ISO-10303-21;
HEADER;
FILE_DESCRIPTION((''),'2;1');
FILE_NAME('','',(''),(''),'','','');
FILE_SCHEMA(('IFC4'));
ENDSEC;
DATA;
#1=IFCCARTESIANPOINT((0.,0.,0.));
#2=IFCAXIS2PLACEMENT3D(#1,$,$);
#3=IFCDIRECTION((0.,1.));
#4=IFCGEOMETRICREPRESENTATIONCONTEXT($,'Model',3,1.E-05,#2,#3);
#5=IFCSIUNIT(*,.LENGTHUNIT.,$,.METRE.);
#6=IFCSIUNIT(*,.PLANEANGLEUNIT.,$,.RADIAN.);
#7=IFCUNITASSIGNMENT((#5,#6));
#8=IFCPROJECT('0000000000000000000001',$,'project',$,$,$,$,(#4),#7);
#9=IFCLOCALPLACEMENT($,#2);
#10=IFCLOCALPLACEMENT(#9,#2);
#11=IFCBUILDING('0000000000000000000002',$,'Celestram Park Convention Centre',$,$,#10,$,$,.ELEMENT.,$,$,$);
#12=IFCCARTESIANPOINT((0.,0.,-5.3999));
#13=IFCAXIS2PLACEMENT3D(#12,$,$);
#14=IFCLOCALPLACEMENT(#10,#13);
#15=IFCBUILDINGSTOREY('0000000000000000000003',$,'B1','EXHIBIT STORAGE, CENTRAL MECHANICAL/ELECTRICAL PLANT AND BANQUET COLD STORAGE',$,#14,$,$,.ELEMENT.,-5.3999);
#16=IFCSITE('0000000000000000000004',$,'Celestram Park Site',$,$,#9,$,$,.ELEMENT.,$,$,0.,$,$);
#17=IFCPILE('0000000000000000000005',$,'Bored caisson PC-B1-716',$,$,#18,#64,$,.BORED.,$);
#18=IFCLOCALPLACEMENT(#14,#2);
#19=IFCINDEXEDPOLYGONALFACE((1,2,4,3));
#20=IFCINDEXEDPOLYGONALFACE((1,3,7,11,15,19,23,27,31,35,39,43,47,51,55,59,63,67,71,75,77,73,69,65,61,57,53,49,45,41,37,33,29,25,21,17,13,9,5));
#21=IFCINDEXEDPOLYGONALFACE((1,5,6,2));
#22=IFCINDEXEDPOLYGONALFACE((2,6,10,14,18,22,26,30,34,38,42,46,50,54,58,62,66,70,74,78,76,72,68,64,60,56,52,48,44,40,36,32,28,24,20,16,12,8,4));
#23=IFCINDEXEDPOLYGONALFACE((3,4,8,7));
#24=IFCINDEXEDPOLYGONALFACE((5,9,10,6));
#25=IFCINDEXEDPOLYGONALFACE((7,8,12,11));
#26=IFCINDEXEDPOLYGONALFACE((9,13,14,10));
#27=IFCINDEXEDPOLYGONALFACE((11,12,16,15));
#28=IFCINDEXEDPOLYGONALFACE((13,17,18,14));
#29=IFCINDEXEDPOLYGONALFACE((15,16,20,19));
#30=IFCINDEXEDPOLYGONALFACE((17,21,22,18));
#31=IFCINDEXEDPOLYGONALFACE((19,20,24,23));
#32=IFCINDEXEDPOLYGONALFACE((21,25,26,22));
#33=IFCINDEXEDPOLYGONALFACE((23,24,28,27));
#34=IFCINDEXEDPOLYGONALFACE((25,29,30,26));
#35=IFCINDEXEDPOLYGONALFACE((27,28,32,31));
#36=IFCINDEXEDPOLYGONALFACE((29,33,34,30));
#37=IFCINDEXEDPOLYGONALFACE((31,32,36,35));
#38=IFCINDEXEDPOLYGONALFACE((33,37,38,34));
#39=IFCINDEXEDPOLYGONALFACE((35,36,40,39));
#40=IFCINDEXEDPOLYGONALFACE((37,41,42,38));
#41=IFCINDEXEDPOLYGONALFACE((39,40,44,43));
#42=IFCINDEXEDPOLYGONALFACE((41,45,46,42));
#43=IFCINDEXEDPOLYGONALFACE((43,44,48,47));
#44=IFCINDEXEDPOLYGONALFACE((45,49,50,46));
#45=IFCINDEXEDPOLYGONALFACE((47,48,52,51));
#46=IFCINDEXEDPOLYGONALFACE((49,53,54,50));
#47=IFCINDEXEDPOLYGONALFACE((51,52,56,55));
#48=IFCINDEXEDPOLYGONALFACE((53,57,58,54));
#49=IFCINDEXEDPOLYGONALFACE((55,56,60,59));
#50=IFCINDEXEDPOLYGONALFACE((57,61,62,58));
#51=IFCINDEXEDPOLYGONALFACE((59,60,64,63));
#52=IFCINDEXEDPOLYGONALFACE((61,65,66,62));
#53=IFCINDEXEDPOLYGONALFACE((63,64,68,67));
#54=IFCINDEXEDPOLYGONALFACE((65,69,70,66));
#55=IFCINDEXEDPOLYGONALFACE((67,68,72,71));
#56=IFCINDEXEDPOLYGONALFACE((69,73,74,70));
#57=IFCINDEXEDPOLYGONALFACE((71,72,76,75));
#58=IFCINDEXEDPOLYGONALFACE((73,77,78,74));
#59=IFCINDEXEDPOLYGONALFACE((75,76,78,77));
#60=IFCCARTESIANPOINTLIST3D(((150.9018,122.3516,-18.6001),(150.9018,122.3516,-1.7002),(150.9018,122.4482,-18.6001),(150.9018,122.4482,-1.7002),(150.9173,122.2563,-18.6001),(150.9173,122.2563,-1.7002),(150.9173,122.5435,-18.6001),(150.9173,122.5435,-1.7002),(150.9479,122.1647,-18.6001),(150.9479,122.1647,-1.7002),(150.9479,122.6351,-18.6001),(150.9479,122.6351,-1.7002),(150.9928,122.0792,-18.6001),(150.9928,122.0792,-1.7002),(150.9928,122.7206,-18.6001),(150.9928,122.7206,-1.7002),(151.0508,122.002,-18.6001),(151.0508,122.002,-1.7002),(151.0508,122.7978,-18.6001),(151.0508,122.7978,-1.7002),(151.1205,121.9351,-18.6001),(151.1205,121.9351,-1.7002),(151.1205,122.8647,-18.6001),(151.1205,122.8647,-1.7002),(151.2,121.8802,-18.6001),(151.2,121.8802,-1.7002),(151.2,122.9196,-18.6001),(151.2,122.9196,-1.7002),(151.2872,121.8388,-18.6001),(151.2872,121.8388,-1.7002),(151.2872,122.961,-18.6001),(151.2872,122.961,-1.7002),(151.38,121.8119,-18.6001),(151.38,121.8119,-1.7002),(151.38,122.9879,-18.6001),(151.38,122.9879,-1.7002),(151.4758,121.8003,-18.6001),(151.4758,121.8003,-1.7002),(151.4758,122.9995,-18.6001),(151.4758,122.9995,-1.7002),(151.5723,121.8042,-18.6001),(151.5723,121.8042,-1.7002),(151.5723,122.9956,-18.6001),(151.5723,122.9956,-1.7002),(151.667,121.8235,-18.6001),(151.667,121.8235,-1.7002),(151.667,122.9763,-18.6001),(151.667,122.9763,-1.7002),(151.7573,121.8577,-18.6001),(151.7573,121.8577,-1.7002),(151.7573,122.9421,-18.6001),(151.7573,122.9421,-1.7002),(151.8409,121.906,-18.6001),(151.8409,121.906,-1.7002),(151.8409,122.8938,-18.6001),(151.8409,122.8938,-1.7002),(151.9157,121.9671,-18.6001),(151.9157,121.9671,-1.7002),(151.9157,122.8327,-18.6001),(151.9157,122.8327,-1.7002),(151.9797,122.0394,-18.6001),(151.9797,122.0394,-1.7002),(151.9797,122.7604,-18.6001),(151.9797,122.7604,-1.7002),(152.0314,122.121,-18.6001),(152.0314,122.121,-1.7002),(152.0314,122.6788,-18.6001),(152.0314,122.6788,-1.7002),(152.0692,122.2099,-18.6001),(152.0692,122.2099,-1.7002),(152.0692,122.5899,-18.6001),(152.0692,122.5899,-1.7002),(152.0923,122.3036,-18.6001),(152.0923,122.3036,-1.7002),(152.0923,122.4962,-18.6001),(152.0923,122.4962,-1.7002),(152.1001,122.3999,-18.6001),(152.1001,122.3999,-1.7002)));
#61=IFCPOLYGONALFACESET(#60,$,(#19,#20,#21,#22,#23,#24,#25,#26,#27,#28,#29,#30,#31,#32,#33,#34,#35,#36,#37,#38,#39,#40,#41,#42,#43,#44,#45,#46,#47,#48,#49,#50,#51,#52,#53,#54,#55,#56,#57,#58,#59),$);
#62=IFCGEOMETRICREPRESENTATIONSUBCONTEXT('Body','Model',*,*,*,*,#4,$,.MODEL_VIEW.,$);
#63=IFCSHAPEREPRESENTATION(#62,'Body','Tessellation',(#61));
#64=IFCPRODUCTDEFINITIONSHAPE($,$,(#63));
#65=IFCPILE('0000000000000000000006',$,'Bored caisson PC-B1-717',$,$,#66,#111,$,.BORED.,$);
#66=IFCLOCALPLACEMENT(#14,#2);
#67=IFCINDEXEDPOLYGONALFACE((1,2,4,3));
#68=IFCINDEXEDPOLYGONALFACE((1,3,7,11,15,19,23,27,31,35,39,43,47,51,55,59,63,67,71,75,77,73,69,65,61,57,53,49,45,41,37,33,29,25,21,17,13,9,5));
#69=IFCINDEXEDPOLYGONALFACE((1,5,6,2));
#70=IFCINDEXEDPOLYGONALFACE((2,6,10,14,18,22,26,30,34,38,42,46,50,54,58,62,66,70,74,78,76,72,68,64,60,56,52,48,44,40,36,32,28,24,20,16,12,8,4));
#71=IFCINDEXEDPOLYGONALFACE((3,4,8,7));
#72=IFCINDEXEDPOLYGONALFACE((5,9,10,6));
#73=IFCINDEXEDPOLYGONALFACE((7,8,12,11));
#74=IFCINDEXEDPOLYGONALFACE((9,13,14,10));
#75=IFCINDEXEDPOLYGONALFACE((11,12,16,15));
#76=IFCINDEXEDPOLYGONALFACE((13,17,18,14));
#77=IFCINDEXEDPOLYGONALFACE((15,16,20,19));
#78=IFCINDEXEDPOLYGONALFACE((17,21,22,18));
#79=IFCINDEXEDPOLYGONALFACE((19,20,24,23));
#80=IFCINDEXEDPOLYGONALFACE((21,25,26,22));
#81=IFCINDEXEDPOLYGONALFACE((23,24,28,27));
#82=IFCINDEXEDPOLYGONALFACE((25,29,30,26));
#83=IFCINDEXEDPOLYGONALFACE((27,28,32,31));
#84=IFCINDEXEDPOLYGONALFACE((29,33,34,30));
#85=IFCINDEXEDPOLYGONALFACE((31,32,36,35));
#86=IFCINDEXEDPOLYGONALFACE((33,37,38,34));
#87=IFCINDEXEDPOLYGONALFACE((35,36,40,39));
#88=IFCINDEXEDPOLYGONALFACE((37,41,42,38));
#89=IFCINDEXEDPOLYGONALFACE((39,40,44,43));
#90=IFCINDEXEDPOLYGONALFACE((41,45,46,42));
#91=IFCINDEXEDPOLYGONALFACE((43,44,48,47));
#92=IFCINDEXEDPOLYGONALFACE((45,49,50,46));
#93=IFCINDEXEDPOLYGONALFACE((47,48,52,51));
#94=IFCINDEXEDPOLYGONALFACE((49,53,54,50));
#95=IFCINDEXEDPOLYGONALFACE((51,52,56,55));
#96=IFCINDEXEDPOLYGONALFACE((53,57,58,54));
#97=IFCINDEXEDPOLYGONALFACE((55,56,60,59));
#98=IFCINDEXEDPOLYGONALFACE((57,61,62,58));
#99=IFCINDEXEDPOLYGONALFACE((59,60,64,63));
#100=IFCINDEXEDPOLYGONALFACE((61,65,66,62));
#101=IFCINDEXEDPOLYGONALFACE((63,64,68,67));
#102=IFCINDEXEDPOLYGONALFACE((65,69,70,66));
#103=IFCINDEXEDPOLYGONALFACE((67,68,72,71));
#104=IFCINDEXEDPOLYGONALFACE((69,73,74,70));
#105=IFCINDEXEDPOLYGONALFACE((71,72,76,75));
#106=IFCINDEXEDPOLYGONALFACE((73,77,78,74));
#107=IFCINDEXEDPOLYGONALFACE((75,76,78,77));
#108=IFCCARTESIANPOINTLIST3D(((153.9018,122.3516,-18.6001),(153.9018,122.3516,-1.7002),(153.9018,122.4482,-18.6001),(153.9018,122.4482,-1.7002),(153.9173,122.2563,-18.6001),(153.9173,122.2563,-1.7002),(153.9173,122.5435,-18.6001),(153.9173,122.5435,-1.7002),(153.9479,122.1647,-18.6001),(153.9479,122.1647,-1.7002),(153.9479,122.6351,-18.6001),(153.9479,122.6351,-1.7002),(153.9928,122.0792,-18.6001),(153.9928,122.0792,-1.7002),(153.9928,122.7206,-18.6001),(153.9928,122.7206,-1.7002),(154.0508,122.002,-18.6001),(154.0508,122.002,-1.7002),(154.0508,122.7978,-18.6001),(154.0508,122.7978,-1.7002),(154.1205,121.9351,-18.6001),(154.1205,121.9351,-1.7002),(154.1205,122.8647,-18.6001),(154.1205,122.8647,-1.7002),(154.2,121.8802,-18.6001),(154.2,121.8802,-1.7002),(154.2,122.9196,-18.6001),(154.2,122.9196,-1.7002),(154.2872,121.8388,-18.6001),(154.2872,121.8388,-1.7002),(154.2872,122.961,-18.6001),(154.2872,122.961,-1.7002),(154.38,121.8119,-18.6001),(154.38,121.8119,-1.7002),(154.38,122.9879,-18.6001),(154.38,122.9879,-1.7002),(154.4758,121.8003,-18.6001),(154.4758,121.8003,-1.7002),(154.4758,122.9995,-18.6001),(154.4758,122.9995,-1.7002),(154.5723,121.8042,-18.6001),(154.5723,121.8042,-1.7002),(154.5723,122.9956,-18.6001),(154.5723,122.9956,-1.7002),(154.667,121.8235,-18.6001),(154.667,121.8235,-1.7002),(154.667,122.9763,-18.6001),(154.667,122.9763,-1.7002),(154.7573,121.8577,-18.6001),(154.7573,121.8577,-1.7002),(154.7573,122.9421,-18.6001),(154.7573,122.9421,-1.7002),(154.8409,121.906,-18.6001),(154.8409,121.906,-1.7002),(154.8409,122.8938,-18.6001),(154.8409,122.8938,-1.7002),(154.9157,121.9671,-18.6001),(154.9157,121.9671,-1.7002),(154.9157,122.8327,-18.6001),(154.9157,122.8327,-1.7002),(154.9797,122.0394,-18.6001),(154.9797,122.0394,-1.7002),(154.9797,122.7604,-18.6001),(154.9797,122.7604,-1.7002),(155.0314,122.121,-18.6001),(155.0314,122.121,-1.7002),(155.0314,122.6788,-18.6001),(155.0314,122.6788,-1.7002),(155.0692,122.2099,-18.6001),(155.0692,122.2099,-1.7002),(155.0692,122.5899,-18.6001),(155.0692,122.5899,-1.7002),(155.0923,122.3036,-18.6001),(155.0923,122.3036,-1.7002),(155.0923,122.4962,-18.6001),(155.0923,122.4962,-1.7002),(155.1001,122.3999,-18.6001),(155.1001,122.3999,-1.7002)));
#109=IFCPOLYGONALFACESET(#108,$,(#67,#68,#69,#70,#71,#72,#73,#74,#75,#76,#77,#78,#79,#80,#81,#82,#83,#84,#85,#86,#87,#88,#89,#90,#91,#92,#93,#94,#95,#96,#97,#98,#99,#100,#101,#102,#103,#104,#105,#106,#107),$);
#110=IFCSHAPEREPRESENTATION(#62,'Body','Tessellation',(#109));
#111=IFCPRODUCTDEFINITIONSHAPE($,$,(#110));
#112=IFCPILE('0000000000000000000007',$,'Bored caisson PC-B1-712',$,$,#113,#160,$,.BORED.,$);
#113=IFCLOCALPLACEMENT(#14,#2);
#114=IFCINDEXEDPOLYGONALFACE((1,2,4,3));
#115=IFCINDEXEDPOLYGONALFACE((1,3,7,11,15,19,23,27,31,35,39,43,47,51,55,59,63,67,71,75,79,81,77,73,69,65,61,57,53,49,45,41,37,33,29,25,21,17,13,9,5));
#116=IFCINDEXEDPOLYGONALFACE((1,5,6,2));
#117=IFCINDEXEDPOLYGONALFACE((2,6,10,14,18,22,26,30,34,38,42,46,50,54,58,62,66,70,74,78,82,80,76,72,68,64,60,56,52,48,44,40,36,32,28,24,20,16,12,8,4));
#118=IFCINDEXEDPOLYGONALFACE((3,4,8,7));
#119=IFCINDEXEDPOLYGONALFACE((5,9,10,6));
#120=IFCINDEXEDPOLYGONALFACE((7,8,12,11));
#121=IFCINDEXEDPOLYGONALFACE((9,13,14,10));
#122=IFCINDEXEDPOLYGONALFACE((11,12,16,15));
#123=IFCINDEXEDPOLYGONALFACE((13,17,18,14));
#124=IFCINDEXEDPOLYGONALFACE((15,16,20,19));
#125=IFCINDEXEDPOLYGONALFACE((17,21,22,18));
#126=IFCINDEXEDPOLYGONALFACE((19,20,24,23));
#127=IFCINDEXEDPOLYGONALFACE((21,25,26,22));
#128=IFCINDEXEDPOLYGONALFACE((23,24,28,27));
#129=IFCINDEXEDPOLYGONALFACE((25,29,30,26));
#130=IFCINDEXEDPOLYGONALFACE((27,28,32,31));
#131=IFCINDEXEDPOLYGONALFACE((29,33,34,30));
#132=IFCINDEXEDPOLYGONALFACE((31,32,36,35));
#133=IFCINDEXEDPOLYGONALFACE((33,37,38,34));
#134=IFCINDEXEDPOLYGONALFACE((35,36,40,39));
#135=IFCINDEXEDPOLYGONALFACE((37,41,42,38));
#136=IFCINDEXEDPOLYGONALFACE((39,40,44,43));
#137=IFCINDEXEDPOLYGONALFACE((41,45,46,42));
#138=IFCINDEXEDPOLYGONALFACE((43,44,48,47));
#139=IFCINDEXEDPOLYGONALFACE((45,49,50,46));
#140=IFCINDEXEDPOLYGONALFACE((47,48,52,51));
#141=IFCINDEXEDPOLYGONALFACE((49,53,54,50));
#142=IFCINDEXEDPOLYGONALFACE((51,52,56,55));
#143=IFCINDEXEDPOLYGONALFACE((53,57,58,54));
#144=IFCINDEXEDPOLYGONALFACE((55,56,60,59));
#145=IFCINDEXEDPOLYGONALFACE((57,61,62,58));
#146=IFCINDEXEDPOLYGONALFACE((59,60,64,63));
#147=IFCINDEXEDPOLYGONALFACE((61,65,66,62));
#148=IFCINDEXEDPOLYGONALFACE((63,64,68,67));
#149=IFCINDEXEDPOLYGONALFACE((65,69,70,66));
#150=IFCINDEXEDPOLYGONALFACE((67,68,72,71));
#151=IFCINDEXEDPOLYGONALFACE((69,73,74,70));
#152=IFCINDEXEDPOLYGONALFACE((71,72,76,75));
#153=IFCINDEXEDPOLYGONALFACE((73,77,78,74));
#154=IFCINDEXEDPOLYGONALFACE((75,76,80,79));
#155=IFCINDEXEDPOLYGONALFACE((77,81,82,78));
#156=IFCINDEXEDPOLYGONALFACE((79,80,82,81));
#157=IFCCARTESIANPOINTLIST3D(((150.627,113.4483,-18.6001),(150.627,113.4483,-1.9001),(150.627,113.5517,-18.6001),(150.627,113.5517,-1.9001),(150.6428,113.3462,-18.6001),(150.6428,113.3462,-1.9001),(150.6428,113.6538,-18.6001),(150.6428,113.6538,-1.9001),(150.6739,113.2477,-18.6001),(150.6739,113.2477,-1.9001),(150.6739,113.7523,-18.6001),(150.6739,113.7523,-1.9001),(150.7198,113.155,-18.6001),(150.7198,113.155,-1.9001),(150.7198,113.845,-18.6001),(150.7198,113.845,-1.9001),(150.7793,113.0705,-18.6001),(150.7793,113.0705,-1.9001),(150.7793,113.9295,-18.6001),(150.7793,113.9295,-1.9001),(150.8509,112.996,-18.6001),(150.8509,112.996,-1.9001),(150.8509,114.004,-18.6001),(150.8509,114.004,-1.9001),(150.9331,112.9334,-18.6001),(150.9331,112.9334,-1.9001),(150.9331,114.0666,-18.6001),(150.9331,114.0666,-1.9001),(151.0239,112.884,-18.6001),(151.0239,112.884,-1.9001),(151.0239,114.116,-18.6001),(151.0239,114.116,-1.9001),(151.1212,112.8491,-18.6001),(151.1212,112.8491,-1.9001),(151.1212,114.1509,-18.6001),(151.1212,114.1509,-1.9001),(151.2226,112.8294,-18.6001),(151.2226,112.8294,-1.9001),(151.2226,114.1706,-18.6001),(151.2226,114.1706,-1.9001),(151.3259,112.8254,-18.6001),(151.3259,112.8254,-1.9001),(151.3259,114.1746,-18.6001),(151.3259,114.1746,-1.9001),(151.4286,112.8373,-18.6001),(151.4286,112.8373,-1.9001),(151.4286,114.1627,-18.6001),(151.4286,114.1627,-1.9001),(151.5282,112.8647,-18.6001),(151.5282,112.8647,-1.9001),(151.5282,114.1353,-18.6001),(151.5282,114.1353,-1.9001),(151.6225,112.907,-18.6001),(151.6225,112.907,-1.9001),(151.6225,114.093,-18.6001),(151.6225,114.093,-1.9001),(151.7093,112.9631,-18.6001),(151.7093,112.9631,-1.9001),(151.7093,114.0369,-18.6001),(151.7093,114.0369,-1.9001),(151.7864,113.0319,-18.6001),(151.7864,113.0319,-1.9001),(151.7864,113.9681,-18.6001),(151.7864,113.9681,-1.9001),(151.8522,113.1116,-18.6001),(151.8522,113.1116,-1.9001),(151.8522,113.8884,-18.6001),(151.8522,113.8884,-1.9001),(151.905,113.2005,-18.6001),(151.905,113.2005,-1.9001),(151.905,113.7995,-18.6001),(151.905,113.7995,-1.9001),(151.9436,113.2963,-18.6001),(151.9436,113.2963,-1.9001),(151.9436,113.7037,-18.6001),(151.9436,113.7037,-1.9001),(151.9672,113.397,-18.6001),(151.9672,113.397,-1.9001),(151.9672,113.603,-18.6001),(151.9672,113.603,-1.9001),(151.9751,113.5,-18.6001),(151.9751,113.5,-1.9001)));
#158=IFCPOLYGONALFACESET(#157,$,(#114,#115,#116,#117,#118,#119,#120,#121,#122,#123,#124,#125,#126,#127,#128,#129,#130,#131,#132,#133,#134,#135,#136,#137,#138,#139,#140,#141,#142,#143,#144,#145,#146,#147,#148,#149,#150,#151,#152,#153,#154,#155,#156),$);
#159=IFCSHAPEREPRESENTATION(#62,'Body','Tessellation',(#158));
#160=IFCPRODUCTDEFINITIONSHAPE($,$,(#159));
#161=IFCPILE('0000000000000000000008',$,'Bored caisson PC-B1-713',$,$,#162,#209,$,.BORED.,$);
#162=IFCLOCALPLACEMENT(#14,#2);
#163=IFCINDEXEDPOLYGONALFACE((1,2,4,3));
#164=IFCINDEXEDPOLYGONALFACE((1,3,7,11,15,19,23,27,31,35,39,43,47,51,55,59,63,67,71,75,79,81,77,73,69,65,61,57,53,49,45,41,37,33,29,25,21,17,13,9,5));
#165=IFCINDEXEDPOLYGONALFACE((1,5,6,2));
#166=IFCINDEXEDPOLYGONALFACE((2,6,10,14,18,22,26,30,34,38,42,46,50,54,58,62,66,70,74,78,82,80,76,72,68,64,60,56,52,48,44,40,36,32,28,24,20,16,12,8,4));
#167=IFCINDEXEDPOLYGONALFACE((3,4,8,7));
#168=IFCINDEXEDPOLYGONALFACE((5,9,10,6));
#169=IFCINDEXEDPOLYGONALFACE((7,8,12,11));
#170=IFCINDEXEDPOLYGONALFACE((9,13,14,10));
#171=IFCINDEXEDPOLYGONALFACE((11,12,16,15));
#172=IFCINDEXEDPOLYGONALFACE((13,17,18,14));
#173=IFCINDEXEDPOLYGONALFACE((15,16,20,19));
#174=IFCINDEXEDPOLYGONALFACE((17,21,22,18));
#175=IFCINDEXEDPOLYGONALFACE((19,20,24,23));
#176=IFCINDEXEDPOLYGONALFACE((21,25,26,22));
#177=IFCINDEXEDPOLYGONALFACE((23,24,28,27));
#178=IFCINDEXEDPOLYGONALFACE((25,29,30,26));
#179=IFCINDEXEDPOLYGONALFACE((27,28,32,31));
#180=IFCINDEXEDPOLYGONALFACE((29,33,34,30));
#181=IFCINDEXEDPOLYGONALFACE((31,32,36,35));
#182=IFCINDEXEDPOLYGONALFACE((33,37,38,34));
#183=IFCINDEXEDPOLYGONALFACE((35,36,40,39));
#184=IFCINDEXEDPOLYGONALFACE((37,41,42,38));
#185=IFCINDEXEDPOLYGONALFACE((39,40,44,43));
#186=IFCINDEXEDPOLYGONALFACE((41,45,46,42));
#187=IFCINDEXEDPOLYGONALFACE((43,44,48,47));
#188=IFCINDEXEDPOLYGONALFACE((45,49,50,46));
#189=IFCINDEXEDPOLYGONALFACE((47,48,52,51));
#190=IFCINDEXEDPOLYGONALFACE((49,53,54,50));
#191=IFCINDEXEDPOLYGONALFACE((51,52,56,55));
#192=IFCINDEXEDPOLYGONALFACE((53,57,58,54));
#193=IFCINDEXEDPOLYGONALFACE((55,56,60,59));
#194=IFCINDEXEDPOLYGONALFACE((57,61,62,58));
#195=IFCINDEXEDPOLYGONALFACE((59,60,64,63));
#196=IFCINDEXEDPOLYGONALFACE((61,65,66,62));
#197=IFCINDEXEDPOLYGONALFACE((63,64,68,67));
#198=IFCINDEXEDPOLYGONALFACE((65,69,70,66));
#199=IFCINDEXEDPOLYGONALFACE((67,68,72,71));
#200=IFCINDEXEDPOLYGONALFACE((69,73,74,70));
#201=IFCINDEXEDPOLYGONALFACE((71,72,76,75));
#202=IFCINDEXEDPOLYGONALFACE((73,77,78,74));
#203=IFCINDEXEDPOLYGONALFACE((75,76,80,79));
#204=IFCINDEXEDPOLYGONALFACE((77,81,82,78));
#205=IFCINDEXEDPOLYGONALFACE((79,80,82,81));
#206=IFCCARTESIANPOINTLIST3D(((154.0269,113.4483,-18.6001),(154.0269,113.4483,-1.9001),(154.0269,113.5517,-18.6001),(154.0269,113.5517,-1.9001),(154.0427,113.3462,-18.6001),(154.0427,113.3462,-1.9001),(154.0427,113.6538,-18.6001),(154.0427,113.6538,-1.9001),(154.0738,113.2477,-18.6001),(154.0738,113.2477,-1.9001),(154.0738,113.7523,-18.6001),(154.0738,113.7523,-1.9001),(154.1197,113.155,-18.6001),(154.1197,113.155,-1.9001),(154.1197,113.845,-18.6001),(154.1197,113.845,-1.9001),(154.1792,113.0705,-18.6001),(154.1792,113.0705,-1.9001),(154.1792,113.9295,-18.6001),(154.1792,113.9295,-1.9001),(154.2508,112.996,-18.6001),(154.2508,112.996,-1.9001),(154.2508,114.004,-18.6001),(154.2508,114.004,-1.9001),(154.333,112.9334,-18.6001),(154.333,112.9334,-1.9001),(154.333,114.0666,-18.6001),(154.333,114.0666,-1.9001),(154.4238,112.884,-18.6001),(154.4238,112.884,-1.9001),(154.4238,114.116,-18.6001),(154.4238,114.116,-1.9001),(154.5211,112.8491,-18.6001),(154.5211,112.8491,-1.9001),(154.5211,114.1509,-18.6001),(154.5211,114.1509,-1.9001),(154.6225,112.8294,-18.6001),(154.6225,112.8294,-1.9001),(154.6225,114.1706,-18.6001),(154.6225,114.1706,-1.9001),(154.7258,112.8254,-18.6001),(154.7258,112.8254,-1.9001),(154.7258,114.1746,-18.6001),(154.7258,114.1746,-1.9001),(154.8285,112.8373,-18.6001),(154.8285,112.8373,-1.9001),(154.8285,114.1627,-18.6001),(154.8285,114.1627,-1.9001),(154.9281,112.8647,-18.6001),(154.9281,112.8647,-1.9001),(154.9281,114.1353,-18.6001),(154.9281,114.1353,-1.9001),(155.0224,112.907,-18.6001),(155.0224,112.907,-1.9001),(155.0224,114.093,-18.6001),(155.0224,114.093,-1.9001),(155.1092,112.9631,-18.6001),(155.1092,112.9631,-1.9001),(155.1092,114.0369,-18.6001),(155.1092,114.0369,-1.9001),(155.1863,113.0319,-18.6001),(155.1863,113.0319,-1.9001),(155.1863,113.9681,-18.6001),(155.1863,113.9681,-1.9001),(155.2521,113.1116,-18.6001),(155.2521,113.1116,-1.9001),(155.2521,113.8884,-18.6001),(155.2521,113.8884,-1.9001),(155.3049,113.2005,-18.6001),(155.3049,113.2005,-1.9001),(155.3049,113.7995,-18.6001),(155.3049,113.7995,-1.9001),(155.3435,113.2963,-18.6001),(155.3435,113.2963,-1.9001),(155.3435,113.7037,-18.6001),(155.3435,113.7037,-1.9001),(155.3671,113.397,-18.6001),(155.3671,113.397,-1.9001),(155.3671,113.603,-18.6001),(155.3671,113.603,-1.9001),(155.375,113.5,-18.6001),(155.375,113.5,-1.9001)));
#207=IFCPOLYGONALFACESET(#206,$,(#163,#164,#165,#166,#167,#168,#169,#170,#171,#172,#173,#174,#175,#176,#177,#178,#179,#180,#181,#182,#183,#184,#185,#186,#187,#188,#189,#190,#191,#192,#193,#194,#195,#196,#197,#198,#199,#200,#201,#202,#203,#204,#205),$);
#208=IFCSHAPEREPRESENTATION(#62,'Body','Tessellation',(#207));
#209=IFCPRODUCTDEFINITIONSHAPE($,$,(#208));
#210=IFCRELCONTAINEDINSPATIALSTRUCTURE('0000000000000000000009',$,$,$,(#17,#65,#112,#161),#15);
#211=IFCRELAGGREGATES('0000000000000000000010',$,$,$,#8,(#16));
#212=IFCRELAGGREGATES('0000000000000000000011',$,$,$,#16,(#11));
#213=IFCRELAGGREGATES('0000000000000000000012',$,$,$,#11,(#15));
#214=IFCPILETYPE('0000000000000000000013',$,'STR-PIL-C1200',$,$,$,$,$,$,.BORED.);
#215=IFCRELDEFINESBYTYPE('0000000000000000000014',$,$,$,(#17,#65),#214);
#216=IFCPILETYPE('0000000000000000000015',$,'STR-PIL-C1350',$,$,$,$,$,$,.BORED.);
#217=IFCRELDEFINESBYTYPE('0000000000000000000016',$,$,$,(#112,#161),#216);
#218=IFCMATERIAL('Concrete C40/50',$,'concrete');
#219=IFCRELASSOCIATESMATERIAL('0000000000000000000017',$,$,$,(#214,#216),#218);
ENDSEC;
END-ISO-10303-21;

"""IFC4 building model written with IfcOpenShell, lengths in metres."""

from ifc_helpers import new_model, si_unit, direction, frame, origin, origin_2d, place, context, subcontext, project, spatial, circle, extrude, material, material_profile, profile_set, type_object, element, save


model = new_model("IFC4")

# Units and contexts
model_context = context("Model", 3, precision=1e-05, world=origin(), true_north=direction((0.0, 1.0)))
body_context = subcontext(model_context, "Body", "Model", "MODEL_VIEW")
ifc_project = project(units=[si_unit("LENGTHUNIT", "METRE"), si_unit("PLANEANGLEUNIT", "RADIAN")], contexts=[model_context])

# Site, building, storey
site_placement = place(None, origin())
site = spatial("IfcSite", under=ifc_project, at=site_placement, Name="Celestram Park Site", CompositionType="ELEMENT", RefElevation=0.0)
building_placement = place(site_placement, origin())
building = spatial("IfcBuilding", under=site, at=building_placement, Name="Celestram Park Convention Centre", CompositionType="ELEMENT")
storey_placement = place(building_placement, frame((0.0, 0.0, -5.3999)))
storey = spatial("IfcBuildingStorey", under=building, at=storey_placement, Name="B1", Description="EXHIBIT STORAGE, CENTRAL MECHANICAL/ELECTRICAL PLANT AND BANQUET COLD STORAGE", CompositionType="ELEMENT", Elevation=-5.3999)

# Shared definitions
ifc_material_1 = material(Name="Concrete C40/50", Category="concrete")

# Piles
ifc_material_profile_1 = material_profile(ifc_material_1, circle(Radius=0.6001, at=origin_2d()), Name="CAISSON1200")
ifc_profile_set_1 = profile_set([ifc_material_profile_1], Name="Concrete C40/50")
pile_type_1 = type_object("IfcPileType", Name="STR-PIL-C1200", PredefinedType="BORED", material=ifc_profile_set_1)
for number, where, z_axis, x_axis, name in (
    (1, (151.5, 122.3999, -1.7002), (0.0, 0.0, -1.0), (1.0, 0.0, 0.0), "Bored caisson PC-B1-716"),
    (2, (154.5, 122.3999, -1.7002), (0.0, 0.0, -1.0), (1.0, 0.0, 0.0), "Bored caisson PC-B1-717"),
):
    element("IfcPile", number, at=place(storey_placement, frame(where, z_axis=z_axis, x_axis=x_axis)), inside=storey, type_object=pile_type_1, Name=name, PredefinedType="BORED", context=body_context, shape_type="SweptSolid", body=[
        extrude(circle(Radius=0.6001, at=origin_2d()), origin(), (0.0, 0.0, 1.0), 16.8999),
    ])
ifc_material_profile_2 = material_profile(ifc_material_1, circle(Radius=0.675, at=origin_2d()), Name="CAISSON1350")
ifc_profile_set_2 = profile_set([ifc_material_profile_2], Name="Concrete C40/50")
pile_type_2 = type_object("IfcPileType", Name="STR-PIL-C1350", PredefinedType="BORED", material=ifc_profile_set_2)
for number, where, z_axis, x_axis, name in (
    (3, (151.3, 113.5, -1.9001), (0.0, 0.0, -1.0), (1.0, 0.0, 0.0), "Bored caisson PC-B1-712"),
    (4, (154.7, 113.5, -1.9001), (0.0, 0.0, -1.0), (1.0, 0.0, 0.0), "Bored caisson PC-B1-713"),
):
    element("IfcPile", number, at=place(storey_placement, frame(where, z_axis=z_axis, x_axis=x_axis)), inside=storey, type_object=pile_type_2, Name=name, PredefinedType="BORED", context=body_context, shape_type="SweptSolid", body=[
        extrude(circle(Radius=0.675, at=origin_2d()), origin(), (0.0, 0.0, 1.0), 16.7),
    ])

save(model, "model.ifc")
